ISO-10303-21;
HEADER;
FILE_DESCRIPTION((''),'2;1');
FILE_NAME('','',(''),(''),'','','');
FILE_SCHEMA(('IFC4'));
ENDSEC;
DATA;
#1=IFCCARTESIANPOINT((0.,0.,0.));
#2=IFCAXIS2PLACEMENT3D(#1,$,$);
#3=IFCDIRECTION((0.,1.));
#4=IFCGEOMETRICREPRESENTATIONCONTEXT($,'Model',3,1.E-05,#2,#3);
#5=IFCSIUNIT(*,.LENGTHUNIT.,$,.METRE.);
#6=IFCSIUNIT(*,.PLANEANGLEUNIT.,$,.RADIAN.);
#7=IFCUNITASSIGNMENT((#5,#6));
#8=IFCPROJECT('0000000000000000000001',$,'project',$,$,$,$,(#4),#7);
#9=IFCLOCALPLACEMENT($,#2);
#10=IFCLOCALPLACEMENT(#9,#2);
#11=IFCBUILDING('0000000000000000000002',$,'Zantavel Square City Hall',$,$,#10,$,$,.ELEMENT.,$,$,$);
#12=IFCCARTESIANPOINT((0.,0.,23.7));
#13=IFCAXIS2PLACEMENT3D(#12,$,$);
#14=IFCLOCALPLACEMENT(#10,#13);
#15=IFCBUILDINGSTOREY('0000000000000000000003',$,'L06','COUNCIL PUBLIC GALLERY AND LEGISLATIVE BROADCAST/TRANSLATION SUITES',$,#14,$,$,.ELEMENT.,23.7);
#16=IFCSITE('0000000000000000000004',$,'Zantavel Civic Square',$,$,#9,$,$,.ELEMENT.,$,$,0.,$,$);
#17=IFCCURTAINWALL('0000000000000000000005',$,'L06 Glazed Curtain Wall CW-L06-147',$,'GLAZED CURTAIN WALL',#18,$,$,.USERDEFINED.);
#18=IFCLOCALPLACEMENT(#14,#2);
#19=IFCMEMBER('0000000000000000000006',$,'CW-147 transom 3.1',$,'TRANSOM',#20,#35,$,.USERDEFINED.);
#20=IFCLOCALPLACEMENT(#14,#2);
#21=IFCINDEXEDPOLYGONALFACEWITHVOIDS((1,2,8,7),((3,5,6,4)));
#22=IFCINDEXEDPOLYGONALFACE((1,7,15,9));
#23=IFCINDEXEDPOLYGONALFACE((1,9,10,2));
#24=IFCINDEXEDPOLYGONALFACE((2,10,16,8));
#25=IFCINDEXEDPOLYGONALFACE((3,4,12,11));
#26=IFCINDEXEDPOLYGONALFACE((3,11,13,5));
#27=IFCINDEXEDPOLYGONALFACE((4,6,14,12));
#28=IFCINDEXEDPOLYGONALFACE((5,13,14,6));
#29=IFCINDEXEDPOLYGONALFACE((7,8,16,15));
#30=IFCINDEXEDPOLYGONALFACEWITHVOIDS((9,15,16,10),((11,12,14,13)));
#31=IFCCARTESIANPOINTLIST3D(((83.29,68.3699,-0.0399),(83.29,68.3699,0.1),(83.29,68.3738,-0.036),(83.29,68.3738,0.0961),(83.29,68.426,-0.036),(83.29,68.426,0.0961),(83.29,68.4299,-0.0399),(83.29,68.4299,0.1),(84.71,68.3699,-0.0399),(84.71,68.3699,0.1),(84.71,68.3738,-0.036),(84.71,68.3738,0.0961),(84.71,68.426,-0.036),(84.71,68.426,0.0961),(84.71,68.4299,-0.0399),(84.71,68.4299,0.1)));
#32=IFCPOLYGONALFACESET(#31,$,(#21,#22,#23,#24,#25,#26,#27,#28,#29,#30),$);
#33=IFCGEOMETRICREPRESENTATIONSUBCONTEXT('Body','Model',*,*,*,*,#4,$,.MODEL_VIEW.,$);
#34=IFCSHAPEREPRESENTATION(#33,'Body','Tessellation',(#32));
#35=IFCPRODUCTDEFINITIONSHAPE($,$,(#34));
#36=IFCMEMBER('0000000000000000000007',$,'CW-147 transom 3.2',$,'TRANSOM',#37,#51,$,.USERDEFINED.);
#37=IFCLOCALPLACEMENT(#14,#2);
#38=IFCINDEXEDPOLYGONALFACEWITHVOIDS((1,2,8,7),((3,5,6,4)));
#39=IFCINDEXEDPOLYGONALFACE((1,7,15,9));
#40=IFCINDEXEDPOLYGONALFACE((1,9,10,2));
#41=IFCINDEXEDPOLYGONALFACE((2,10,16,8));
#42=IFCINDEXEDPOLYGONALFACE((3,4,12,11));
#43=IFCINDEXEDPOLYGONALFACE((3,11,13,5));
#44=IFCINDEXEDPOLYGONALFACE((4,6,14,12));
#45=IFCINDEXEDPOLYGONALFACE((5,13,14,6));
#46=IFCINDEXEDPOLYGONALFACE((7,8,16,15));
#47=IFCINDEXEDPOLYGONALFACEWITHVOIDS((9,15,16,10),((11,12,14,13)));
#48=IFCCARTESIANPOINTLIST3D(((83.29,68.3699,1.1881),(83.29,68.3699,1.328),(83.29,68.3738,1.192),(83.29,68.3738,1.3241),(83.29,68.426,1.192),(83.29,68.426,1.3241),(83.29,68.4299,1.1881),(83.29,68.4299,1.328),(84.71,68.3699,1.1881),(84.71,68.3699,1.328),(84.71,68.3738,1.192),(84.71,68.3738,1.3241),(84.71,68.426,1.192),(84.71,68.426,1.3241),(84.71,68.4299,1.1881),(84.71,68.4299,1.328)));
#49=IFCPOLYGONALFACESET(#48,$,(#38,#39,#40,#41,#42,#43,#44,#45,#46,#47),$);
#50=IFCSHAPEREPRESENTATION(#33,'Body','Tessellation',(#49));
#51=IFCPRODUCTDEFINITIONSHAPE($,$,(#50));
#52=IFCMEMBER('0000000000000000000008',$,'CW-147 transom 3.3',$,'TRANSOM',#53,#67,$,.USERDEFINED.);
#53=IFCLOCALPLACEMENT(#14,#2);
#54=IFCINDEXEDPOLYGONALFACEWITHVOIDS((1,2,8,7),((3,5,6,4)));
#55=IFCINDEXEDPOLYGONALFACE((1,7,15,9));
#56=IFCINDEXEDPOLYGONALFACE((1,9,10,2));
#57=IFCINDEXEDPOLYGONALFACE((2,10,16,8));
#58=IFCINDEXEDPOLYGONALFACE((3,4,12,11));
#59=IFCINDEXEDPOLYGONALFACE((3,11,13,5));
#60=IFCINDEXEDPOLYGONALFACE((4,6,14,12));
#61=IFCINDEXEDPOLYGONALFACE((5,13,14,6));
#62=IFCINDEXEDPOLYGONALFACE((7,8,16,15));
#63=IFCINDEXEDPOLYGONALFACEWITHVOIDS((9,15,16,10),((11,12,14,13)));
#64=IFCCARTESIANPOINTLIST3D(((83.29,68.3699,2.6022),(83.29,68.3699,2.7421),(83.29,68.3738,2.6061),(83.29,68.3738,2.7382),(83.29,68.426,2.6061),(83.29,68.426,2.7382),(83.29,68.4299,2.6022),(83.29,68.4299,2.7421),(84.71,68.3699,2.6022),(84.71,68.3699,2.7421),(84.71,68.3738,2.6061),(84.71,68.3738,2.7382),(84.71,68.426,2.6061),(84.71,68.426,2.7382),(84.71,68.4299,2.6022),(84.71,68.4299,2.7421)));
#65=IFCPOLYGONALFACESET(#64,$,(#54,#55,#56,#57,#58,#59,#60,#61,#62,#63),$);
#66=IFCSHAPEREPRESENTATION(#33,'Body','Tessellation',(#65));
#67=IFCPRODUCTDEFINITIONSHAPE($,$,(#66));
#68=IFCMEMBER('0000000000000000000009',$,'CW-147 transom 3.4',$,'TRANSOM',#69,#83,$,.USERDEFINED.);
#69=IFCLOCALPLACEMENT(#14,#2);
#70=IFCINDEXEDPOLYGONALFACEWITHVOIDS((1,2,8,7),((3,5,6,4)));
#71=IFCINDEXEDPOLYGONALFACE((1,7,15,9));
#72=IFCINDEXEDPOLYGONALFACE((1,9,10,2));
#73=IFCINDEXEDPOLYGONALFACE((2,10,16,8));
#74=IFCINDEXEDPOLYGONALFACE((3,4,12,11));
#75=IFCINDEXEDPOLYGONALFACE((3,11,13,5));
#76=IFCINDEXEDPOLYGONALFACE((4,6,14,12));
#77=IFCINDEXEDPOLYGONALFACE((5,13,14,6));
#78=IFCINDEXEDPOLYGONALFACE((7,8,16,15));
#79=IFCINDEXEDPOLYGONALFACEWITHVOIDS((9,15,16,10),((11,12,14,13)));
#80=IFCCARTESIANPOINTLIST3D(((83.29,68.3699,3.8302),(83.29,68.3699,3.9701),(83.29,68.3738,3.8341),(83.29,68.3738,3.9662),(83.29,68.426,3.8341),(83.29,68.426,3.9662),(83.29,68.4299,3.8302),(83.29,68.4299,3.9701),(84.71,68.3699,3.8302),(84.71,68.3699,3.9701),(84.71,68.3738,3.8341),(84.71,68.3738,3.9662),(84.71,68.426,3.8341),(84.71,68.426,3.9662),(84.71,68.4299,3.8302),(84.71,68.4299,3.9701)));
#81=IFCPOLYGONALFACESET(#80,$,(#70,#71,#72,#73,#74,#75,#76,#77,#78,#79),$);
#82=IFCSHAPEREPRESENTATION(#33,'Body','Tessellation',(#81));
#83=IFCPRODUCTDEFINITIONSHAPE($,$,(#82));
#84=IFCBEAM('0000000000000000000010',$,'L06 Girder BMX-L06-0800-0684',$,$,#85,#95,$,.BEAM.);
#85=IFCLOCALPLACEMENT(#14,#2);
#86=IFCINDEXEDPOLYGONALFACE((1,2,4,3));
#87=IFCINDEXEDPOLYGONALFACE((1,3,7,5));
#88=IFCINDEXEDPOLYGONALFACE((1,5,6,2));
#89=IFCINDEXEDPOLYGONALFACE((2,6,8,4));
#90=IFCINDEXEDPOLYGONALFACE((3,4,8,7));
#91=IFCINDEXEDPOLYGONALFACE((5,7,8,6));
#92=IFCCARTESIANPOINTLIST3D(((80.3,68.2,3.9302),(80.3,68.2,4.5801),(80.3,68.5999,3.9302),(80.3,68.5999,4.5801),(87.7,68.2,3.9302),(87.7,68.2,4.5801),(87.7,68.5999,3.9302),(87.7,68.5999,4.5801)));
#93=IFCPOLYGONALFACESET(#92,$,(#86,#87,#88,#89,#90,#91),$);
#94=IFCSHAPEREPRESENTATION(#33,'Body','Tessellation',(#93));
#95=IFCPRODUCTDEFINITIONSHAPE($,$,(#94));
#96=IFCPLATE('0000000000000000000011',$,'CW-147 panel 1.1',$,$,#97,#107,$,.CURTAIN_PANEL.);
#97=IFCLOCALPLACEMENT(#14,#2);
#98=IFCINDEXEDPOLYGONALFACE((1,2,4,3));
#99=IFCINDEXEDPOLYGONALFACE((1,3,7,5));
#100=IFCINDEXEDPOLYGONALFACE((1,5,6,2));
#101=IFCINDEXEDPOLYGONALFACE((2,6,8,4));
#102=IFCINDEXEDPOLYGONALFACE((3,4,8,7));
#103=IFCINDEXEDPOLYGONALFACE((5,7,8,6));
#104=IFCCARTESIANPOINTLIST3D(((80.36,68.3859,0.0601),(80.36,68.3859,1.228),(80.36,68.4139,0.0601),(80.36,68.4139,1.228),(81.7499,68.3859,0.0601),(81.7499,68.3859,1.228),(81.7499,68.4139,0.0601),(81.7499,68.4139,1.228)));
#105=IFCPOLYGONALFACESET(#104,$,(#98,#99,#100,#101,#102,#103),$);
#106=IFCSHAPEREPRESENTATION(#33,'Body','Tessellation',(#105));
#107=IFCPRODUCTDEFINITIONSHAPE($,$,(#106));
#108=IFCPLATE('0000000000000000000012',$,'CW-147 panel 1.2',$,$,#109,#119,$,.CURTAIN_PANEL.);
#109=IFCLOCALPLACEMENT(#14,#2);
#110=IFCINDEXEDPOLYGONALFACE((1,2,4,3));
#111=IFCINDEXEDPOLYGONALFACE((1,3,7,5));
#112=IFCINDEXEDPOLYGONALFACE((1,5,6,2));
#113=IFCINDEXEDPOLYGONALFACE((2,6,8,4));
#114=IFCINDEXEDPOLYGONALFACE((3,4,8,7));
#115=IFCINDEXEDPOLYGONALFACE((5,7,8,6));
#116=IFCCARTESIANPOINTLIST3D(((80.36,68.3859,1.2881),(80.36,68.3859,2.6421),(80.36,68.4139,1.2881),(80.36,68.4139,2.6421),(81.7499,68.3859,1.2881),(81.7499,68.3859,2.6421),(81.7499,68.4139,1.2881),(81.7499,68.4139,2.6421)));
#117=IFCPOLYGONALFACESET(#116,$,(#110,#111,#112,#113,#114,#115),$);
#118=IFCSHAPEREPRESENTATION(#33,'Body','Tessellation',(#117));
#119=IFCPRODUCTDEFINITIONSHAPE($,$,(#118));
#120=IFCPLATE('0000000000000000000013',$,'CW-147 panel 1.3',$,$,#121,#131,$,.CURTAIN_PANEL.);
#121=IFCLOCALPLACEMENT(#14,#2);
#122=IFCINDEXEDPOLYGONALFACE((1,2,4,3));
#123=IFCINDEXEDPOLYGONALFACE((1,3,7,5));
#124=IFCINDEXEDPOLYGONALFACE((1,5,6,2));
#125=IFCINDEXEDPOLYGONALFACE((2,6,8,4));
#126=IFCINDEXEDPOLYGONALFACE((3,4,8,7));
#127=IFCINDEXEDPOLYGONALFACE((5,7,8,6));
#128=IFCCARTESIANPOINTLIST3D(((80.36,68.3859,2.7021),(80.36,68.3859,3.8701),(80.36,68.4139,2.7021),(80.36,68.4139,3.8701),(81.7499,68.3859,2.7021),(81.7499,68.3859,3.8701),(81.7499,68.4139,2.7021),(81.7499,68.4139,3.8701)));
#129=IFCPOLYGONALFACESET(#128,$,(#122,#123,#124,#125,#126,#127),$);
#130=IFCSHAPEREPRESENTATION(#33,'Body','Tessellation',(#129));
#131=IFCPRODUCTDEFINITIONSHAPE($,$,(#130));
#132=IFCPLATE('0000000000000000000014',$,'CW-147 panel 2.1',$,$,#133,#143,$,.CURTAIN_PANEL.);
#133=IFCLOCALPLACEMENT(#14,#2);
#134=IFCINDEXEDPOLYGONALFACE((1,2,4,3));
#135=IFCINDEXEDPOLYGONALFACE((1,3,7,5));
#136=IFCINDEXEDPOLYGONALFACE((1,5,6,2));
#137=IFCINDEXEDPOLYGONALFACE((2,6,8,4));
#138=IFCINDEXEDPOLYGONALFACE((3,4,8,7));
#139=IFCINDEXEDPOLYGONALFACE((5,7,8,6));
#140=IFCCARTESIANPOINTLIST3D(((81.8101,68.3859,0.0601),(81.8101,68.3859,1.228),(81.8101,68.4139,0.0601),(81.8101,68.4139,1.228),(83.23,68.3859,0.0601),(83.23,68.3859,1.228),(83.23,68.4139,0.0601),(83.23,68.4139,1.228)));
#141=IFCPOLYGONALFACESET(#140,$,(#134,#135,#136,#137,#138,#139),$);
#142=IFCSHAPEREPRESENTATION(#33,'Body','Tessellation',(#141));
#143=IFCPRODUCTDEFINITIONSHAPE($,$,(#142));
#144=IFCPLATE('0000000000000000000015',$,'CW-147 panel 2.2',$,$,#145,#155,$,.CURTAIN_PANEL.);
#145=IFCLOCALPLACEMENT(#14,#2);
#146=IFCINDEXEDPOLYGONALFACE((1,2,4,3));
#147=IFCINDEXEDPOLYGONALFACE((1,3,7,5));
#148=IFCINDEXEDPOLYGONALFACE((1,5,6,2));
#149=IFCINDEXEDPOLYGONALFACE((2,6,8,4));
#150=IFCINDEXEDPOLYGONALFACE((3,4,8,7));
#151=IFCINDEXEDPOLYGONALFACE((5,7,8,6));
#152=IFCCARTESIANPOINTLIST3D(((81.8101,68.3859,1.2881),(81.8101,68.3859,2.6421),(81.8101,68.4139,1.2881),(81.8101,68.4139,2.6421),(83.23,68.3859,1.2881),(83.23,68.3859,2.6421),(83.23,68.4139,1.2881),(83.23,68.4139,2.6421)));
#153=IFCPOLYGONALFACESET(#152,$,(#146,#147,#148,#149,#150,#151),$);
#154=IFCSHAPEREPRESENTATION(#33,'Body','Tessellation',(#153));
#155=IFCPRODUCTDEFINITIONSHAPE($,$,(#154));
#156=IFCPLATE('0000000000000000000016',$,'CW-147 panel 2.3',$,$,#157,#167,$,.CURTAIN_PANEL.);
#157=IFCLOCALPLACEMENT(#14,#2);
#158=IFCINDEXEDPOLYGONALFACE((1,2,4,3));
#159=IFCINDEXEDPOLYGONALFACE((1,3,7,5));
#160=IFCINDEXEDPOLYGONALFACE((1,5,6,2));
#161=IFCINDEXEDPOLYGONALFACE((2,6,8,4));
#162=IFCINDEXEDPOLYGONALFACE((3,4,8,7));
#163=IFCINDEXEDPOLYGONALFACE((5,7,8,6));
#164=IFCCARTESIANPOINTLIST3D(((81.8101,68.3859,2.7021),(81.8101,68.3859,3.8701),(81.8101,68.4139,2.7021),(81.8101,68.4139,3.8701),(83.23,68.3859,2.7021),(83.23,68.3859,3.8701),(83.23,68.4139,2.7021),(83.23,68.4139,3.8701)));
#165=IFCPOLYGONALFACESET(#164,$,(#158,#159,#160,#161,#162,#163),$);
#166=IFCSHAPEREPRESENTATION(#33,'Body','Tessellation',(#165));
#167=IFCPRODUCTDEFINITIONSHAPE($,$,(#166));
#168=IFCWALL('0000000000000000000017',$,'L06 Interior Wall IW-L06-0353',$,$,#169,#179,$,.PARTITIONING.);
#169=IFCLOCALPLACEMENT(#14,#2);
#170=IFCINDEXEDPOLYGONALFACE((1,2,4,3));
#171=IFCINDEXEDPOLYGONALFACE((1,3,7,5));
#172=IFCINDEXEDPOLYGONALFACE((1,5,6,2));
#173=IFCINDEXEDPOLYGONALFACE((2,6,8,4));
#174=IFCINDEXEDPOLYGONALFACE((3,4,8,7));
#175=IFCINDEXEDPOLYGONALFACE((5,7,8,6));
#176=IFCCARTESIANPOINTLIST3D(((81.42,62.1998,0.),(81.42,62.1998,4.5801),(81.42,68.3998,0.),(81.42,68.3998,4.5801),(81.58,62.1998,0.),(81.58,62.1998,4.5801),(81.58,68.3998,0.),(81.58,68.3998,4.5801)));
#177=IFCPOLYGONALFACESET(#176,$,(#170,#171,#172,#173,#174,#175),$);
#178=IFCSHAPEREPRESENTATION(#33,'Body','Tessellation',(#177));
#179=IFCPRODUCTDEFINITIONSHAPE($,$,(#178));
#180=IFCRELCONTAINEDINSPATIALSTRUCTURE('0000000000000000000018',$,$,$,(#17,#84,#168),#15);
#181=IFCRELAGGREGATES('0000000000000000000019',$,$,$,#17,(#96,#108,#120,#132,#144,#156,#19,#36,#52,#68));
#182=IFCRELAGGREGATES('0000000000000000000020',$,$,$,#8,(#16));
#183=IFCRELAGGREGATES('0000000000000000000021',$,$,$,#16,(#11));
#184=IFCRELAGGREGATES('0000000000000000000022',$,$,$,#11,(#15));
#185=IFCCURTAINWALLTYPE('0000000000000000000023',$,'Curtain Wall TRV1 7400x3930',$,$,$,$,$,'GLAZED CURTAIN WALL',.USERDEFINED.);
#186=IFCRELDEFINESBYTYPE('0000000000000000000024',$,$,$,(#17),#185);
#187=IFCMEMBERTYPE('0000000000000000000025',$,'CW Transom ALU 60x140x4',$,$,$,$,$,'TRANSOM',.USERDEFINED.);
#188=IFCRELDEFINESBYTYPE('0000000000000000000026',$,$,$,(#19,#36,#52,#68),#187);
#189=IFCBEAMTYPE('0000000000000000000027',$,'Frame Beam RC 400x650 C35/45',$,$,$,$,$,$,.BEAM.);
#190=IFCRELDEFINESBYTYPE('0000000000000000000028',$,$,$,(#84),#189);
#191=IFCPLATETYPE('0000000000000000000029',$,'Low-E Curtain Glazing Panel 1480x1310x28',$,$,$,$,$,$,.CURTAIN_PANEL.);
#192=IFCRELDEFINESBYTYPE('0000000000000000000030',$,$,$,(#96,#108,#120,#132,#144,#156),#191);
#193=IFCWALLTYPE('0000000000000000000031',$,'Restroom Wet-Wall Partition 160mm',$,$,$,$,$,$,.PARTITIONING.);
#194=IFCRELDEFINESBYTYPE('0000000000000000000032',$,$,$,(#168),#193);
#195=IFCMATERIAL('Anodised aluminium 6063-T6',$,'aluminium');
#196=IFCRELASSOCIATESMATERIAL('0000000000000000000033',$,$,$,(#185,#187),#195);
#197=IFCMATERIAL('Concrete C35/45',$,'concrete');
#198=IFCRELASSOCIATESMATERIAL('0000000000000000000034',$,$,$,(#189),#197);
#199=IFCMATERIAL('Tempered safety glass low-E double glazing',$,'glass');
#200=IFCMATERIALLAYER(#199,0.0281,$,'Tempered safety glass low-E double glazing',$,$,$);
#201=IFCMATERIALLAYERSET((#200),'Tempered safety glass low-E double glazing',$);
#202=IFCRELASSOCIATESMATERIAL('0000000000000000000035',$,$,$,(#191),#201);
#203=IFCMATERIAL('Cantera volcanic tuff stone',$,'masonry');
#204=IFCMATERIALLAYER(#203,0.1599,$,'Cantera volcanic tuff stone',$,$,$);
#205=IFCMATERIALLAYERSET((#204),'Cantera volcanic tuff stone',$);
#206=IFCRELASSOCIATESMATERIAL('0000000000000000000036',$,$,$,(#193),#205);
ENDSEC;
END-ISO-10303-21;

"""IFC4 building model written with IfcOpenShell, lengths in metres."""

from ifc_helpers import new_model, si_unit, direction, frame, frame_2d, origin, origin_2d, place, context, subcontext, project, spatial, rectangle, hollow_rectangle, extrude, material, layer, layer_set, material_profile, profile_set, type_object, element, aggregate, save


model = new_model("IFC4")

# Units and contexts
model_context = context("Model", 3, precision=1e-05, world=origin(), true_north=direction((0.0, 1.0)))
body_context = subcontext(model_context, "Body", "Model", "MODEL_VIEW")
ifc_project = project(units=[si_unit("LENGTHUNIT", "METRE"), si_unit("PLANEANGLEUNIT", "RADIAN")], contexts=[model_context])

# Site, building, storey
site_placement = place(None, origin())
site = spatial("IfcSite", under=ifc_project, at=site_placement, Name="Zantavel Civic Square", CompositionType="ELEMENT", RefElevation=0.0)
building_placement = place(site_placement, origin())
building = spatial("IfcBuilding", under=site, at=building_placement, Name="Zantavel Square City Hall", CompositionType="ELEMENT")
storey_placement = place(building_placement, frame((0.0, 0.0, 23.7)))
storey = spatial("IfcBuildingStorey", under=building, at=storey_placement, Name="L06", Description="COUNCIL PUBLIC GALLERY AND LEGISLATIVE BROADCAST/TRANSLATION SUITES", CompositionType="ELEMENT", Elevation=23.7)

# Curtain wall, members
ifc_material_1 = material(Name="Anodised aluminium 6063-T6", Category="aluminium")
curtain_wall_type = type_object("IfcCurtainWallType", Name="Curtain Wall TRV1 7400x3930", ElementType="GLAZED CURTAIN WALL", PredefinedType="USERDEFINED", material=ifc_material_1)
curtain_wall_placement = place(storey_placement, origin())
curtain_wall = element("IfcCurtainWall", 1, at=curtain_wall_placement, inside=storey, type_object=curtain_wall_type, Name="L06 Glazed Curtain Wall CW-L06-147", ObjectType="GLAZED CURTAIN WALL", PredefinedType="USERDEFINED")
ifc_material_profile_1 = material_profile(ifc_material_1, hollow_rectangle(XDim=0.0601, YDim=0.1399, WallThickness=0.0039, at=origin_2d()), Name="ALU 60x140x4")
ifc_profile_set_1 = profile_set([ifc_material_profile_1], Name="Anodised aluminium 6063-T6")
member_type_1 = type_object("IfcMemberType", Name="CW Transom ALU 60x140x4", ElementType="TRANSOM", PredefinedType="USERDEFINED", material=ifc_profile_set_1)
member_1_placement = place(storey_placement, frame((83.29, 68.3999, 0.03), z_axis=(1.0, 0.0, 0.0), x_axis=(0.0, 1.0, 0.0)))
member_1 = element("IfcMember", 2, at=member_1_placement, type_object=member_type_1, Name="CW-147 transom 3.1", ObjectType="TRANSOM", PredefinedType="USERDEFINED", context=body_context, shape_type="SweptSolid", body=[
    extrude(hollow_rectangle(XDim=0.0601, YDim=0.1399, WallThickness=0.0039, at=origin_2d()), origin(), (0.0, 0.0, 1.0), 1.4199),
])
member_2_placement = place(storey_placement, frame((83.29, 68.3999, 1.2581), z_axis=(1.0, 0.0, 0.0), x_axis=(0.0, 1.0, 0.0)))
member_2 = element("IfcMember", 3, at=member_2_placement, type_object=member_type_1, Name="CW-147 transom 3.2", ObjectType="TRANSOM", PredefinedType="USERDEFINED", context=body_context, shape_type="SweptSolid", body=[
    extrude(hollow_rectangle(XDim=0.0601, YDim=0.1399, WallThickness=0.0039, at=origin_2d()), origin(), (0.0, 0.0, 1.0), 1.4199),
])
member_3_placement = place(storey_placement, frame((83.29, 68.3999, 2.6721), z_axis=(1.0, 0.0, 0.0), x_axis=(0.0, 1.0, 0.0)))
member_3 = element("IfcMember", 4, at=member_3_placement, type_object=member_type_1, Name="CW-147 transom 3.3", ObjectType="TRANSOM", PredefinedType="USERDEFINED", context=body_context, shape_type="SweptSolid", body=[
    extrude(hollow_rectangle(XDim=0.0601, YDim=0.1399, WallThickness=0.0039, at=origin_2d()), origin(), (0.0, 0.0, 1.0), 1.4199),
])
member_4_placement = place(storey_placement, frame((83.29, 68.3999, 3.9001), z_axis=(1.0, 0.0, 0.0), x_axis=(0.0, 1.0, 0.0)))
member_4 = element("IfcMember", 5, at=member_4_placement, type_object=member_type_1, Name="CW-147 transom 3.4", ObjectType="TRANSOM", PredefinedType="USERDEFINED", context=body_context, shape_type="SweptSolid", body=[
    extrude(hollow_rectangle(XDim=0.0601, YDim=0.1399, WallThickness=0.0039, at=origin_2d()), origin(), (0.0, 0.0, 1.0), 1.4199),
])

# Beam
ifc_material_2 = material(Name="Concrete C35/45", Category="concrete")
ifc_material_profile_2 = material_profile(ifc_material_2, rectangle(XDim=0.3999, YDim=0.6499, at=origin_2d()), Name="RC 400x650")
ifc_profile_set_2 = profile_set([ifc_material_profile_2], Name="Concrete C35/45")
beam_type = type_object("IfcBeamType", Name="Frame Beam RC 400x650 C35/45", PredefinedType="BEAM", material=ifc_profile_set_2)
beam_placement = place(storey_placement, frame((80.3, 68.3999, 4.2551), z_axis=(1.0, 0.0, 0.0), x_axis=(0.0, 1.0, 0.0)))
element("IfcBeam", 6, at=beam_placement, inside=storey, type_object=beam_type, Name="L06 Girder BMX-L06-0800-0684", PredefinedType="BEAM", context=body_context, shape_type="SweptSolid", body=[
    extrude(rectangle(XDim=0.3999, YDim=0.6499, at=origin_2d()), origin(), (0.0, 0.0, 1.0), 7.3999),
])

# Plates
ifc_material_3 = material(Name="Tempered safety glass low-E double glazing", Category="glass")
ifc_layer_1 = layer(ifc_material_3, 0.0281, Name="Tempered safety glass low-E double glazing")
ifc_layer_set_1 = layer_set([ifc_layer_1], Name="Tempered safety glass low-E double glazing")
plate_type = type_object("IfcPlateType", Name="Low-E Curtain Glazing Panel 1480x1310x28", PredefinedType="CURTAIN_PANEL", material=ifc_layer_set_1)
plate_1_placement = place(storey_placement, frame((81.0549, 68.3999, 0.0601), z_axis=(0.0, 0.0, 1.0), x_axis=(1.0, 0.0, 0.0)))
plate_1 = element("IfcPlate", 7, at=plate_1_placement, type_object=plate_type, Name="CW-147 panel 1.1", PredefinedType="CURTAIN_PANEL", context=body_context, shape_type="SweptSolid", body=[
    extrude(rectangle(XDim=1.3899, YDim=0.0281, at=origin_2d()), origin(), (0.0, 0.0, 1.0), 1.168),
])
plate_2_placement = place(storey_placement, frame((81.0549, 68.3999, 1.2881), z_axis=(0.0, 0.0, 1.0), x_axis=(1.0, 0.0, 0.0)))
plate_2 = element("IfcPlate", 8, at=plate_2_placement, type_object=plate_type, Name="CW-147 panel 1.2", PredefinedType="CURTAIN_PANEL", context=body_context, shape_type="SweptSolid", body=[
    extrude(rectangle(XDim=1.3899, YDim=0.0281, at=origin_2d()), origin(), (0.0, 0.0, 1.0), 1.354),
])
plate_3_placement = place(storey_placement, frame((81.0549, 68.3999, 2.7021), z_axis=(0.0, 0.0, 1.0), x_axis=(1.0, 0.0, 0.0)))
plate_3 = element("IfcPlate", 9, at=plate_3_placement, type_object=plate_type, Name="CW-147 panel 1.3", PredefinedType="CURTAIN_PANEL", context=body_context, shape_type="SweptSolid", body=[
    extrude(rectangle(XDim=1.3899, YDim=0.0281, at=origin_2d()), origin(), (0.0, 0.0, 1.0), 1.168),
])
plate_4_placement = place(storey_placement, frame((82.52, 68.3999, 0.0601), z_axis=(0.0, 0.0, 1.0), x_axis=(1.0, 0.0, 0.0)))
plate_4 = element("IfcPlate", 10, at=plate_4_placement, type_object=plate_type, Name="CW-147 panel 2.1", PredefinedType="CURTAIN_PANEL", context=body_context, shape_type="SweptSolid", body=[
    extrude(rectangle(XDim=1.4199, YDim=0.0281, at=origin_2d()), origin(), (0.0, 0.0, 1.0), 1.168),
])
plate_5_placement = place(storey_placement, frame((82.52, 68.3999, 1.2881), z_axis=(0.0, 0.0, 1.0), x_axis=(1.0, 0.0, 0.0)))
plate_5 = element("IfcPlate", 11, at=plate_5_placement, type_object=plate_type, Name="CW-147 panel 2.2", PredefinedType="CURTAIN_PANEL", context=body_context, shape_type="SweptSolid", body=[
    extrude(rectangle(XDim=1.4199, YDim=0.0281, at=origin_2d()), origin(), (0.0, 0.0, 1.0), 1.354),
])
plate_6_placement = place(storey_placement, frame((82.52, 68.3999, 2.7021), z_axis=(0.0, 0.0, 1.0), x_axis=(1.0, 0.0, 0.0)))
plate_6 = element("IfcPlate", 12, at=plate_6_placement, type_object=plate_type, Name="CW-147 panel 2.3", PredefinedType="CURTAIN_PANEL", context=body_context, shape_type="SweptSolid", body=[
    extrude(rectangle(XDim=1.4199, YDim=0.0281, at=origin_2d()), origin(), (0.0, 0.0, 1.0), 1.168),
])
aggregate(curtain_wall, [plate_1, plate_2, plate_3, plate_4, plate_5, plate_6, member_1, member_2, member_3, member_4])

# Shared definitions
ifc_material_4 = material(Name="Cantera volcanic tuff stone", Category="masonry")

# Wall
ifc_layer_2 = layer(ifc_material_4, 0.1599, Name="Cantera volcanic tuff stone")
ifc_layer_set_2 = layer_set([ifc_layer_2], Name="Cantera volcanic tuff stone")
wall_type_1 = type_object("IfcWallType", Name="Restroom Wet-Wall Partition 160mm", PredefinedType="PARTITIONING", material=ifc_layer_set_2)
wall_1_placement = place(storey_placement, frame((81.5, 68.3999, 0.0), z_axis=(0.0, 0.0, 1.0), x_axis=(0.0, -1.0, 0.0)))
element("IfcWall", 13, at=wall_1_placement, inside=storey, type_object=wall_type_1, Name="L06 Interior Wall IW-L06-0353", PredefinedType="PARTITIONING", context=body_context, shape_type="SweptSolid", body=[
    extrude(rectangle(XDim=6.2, YDim=0.1599, at=frame_2d((3.1001, 0.0))), origin(), (0.0, 0.0, 1.0), 4.5801),
])

save(model, "model.ifc")
